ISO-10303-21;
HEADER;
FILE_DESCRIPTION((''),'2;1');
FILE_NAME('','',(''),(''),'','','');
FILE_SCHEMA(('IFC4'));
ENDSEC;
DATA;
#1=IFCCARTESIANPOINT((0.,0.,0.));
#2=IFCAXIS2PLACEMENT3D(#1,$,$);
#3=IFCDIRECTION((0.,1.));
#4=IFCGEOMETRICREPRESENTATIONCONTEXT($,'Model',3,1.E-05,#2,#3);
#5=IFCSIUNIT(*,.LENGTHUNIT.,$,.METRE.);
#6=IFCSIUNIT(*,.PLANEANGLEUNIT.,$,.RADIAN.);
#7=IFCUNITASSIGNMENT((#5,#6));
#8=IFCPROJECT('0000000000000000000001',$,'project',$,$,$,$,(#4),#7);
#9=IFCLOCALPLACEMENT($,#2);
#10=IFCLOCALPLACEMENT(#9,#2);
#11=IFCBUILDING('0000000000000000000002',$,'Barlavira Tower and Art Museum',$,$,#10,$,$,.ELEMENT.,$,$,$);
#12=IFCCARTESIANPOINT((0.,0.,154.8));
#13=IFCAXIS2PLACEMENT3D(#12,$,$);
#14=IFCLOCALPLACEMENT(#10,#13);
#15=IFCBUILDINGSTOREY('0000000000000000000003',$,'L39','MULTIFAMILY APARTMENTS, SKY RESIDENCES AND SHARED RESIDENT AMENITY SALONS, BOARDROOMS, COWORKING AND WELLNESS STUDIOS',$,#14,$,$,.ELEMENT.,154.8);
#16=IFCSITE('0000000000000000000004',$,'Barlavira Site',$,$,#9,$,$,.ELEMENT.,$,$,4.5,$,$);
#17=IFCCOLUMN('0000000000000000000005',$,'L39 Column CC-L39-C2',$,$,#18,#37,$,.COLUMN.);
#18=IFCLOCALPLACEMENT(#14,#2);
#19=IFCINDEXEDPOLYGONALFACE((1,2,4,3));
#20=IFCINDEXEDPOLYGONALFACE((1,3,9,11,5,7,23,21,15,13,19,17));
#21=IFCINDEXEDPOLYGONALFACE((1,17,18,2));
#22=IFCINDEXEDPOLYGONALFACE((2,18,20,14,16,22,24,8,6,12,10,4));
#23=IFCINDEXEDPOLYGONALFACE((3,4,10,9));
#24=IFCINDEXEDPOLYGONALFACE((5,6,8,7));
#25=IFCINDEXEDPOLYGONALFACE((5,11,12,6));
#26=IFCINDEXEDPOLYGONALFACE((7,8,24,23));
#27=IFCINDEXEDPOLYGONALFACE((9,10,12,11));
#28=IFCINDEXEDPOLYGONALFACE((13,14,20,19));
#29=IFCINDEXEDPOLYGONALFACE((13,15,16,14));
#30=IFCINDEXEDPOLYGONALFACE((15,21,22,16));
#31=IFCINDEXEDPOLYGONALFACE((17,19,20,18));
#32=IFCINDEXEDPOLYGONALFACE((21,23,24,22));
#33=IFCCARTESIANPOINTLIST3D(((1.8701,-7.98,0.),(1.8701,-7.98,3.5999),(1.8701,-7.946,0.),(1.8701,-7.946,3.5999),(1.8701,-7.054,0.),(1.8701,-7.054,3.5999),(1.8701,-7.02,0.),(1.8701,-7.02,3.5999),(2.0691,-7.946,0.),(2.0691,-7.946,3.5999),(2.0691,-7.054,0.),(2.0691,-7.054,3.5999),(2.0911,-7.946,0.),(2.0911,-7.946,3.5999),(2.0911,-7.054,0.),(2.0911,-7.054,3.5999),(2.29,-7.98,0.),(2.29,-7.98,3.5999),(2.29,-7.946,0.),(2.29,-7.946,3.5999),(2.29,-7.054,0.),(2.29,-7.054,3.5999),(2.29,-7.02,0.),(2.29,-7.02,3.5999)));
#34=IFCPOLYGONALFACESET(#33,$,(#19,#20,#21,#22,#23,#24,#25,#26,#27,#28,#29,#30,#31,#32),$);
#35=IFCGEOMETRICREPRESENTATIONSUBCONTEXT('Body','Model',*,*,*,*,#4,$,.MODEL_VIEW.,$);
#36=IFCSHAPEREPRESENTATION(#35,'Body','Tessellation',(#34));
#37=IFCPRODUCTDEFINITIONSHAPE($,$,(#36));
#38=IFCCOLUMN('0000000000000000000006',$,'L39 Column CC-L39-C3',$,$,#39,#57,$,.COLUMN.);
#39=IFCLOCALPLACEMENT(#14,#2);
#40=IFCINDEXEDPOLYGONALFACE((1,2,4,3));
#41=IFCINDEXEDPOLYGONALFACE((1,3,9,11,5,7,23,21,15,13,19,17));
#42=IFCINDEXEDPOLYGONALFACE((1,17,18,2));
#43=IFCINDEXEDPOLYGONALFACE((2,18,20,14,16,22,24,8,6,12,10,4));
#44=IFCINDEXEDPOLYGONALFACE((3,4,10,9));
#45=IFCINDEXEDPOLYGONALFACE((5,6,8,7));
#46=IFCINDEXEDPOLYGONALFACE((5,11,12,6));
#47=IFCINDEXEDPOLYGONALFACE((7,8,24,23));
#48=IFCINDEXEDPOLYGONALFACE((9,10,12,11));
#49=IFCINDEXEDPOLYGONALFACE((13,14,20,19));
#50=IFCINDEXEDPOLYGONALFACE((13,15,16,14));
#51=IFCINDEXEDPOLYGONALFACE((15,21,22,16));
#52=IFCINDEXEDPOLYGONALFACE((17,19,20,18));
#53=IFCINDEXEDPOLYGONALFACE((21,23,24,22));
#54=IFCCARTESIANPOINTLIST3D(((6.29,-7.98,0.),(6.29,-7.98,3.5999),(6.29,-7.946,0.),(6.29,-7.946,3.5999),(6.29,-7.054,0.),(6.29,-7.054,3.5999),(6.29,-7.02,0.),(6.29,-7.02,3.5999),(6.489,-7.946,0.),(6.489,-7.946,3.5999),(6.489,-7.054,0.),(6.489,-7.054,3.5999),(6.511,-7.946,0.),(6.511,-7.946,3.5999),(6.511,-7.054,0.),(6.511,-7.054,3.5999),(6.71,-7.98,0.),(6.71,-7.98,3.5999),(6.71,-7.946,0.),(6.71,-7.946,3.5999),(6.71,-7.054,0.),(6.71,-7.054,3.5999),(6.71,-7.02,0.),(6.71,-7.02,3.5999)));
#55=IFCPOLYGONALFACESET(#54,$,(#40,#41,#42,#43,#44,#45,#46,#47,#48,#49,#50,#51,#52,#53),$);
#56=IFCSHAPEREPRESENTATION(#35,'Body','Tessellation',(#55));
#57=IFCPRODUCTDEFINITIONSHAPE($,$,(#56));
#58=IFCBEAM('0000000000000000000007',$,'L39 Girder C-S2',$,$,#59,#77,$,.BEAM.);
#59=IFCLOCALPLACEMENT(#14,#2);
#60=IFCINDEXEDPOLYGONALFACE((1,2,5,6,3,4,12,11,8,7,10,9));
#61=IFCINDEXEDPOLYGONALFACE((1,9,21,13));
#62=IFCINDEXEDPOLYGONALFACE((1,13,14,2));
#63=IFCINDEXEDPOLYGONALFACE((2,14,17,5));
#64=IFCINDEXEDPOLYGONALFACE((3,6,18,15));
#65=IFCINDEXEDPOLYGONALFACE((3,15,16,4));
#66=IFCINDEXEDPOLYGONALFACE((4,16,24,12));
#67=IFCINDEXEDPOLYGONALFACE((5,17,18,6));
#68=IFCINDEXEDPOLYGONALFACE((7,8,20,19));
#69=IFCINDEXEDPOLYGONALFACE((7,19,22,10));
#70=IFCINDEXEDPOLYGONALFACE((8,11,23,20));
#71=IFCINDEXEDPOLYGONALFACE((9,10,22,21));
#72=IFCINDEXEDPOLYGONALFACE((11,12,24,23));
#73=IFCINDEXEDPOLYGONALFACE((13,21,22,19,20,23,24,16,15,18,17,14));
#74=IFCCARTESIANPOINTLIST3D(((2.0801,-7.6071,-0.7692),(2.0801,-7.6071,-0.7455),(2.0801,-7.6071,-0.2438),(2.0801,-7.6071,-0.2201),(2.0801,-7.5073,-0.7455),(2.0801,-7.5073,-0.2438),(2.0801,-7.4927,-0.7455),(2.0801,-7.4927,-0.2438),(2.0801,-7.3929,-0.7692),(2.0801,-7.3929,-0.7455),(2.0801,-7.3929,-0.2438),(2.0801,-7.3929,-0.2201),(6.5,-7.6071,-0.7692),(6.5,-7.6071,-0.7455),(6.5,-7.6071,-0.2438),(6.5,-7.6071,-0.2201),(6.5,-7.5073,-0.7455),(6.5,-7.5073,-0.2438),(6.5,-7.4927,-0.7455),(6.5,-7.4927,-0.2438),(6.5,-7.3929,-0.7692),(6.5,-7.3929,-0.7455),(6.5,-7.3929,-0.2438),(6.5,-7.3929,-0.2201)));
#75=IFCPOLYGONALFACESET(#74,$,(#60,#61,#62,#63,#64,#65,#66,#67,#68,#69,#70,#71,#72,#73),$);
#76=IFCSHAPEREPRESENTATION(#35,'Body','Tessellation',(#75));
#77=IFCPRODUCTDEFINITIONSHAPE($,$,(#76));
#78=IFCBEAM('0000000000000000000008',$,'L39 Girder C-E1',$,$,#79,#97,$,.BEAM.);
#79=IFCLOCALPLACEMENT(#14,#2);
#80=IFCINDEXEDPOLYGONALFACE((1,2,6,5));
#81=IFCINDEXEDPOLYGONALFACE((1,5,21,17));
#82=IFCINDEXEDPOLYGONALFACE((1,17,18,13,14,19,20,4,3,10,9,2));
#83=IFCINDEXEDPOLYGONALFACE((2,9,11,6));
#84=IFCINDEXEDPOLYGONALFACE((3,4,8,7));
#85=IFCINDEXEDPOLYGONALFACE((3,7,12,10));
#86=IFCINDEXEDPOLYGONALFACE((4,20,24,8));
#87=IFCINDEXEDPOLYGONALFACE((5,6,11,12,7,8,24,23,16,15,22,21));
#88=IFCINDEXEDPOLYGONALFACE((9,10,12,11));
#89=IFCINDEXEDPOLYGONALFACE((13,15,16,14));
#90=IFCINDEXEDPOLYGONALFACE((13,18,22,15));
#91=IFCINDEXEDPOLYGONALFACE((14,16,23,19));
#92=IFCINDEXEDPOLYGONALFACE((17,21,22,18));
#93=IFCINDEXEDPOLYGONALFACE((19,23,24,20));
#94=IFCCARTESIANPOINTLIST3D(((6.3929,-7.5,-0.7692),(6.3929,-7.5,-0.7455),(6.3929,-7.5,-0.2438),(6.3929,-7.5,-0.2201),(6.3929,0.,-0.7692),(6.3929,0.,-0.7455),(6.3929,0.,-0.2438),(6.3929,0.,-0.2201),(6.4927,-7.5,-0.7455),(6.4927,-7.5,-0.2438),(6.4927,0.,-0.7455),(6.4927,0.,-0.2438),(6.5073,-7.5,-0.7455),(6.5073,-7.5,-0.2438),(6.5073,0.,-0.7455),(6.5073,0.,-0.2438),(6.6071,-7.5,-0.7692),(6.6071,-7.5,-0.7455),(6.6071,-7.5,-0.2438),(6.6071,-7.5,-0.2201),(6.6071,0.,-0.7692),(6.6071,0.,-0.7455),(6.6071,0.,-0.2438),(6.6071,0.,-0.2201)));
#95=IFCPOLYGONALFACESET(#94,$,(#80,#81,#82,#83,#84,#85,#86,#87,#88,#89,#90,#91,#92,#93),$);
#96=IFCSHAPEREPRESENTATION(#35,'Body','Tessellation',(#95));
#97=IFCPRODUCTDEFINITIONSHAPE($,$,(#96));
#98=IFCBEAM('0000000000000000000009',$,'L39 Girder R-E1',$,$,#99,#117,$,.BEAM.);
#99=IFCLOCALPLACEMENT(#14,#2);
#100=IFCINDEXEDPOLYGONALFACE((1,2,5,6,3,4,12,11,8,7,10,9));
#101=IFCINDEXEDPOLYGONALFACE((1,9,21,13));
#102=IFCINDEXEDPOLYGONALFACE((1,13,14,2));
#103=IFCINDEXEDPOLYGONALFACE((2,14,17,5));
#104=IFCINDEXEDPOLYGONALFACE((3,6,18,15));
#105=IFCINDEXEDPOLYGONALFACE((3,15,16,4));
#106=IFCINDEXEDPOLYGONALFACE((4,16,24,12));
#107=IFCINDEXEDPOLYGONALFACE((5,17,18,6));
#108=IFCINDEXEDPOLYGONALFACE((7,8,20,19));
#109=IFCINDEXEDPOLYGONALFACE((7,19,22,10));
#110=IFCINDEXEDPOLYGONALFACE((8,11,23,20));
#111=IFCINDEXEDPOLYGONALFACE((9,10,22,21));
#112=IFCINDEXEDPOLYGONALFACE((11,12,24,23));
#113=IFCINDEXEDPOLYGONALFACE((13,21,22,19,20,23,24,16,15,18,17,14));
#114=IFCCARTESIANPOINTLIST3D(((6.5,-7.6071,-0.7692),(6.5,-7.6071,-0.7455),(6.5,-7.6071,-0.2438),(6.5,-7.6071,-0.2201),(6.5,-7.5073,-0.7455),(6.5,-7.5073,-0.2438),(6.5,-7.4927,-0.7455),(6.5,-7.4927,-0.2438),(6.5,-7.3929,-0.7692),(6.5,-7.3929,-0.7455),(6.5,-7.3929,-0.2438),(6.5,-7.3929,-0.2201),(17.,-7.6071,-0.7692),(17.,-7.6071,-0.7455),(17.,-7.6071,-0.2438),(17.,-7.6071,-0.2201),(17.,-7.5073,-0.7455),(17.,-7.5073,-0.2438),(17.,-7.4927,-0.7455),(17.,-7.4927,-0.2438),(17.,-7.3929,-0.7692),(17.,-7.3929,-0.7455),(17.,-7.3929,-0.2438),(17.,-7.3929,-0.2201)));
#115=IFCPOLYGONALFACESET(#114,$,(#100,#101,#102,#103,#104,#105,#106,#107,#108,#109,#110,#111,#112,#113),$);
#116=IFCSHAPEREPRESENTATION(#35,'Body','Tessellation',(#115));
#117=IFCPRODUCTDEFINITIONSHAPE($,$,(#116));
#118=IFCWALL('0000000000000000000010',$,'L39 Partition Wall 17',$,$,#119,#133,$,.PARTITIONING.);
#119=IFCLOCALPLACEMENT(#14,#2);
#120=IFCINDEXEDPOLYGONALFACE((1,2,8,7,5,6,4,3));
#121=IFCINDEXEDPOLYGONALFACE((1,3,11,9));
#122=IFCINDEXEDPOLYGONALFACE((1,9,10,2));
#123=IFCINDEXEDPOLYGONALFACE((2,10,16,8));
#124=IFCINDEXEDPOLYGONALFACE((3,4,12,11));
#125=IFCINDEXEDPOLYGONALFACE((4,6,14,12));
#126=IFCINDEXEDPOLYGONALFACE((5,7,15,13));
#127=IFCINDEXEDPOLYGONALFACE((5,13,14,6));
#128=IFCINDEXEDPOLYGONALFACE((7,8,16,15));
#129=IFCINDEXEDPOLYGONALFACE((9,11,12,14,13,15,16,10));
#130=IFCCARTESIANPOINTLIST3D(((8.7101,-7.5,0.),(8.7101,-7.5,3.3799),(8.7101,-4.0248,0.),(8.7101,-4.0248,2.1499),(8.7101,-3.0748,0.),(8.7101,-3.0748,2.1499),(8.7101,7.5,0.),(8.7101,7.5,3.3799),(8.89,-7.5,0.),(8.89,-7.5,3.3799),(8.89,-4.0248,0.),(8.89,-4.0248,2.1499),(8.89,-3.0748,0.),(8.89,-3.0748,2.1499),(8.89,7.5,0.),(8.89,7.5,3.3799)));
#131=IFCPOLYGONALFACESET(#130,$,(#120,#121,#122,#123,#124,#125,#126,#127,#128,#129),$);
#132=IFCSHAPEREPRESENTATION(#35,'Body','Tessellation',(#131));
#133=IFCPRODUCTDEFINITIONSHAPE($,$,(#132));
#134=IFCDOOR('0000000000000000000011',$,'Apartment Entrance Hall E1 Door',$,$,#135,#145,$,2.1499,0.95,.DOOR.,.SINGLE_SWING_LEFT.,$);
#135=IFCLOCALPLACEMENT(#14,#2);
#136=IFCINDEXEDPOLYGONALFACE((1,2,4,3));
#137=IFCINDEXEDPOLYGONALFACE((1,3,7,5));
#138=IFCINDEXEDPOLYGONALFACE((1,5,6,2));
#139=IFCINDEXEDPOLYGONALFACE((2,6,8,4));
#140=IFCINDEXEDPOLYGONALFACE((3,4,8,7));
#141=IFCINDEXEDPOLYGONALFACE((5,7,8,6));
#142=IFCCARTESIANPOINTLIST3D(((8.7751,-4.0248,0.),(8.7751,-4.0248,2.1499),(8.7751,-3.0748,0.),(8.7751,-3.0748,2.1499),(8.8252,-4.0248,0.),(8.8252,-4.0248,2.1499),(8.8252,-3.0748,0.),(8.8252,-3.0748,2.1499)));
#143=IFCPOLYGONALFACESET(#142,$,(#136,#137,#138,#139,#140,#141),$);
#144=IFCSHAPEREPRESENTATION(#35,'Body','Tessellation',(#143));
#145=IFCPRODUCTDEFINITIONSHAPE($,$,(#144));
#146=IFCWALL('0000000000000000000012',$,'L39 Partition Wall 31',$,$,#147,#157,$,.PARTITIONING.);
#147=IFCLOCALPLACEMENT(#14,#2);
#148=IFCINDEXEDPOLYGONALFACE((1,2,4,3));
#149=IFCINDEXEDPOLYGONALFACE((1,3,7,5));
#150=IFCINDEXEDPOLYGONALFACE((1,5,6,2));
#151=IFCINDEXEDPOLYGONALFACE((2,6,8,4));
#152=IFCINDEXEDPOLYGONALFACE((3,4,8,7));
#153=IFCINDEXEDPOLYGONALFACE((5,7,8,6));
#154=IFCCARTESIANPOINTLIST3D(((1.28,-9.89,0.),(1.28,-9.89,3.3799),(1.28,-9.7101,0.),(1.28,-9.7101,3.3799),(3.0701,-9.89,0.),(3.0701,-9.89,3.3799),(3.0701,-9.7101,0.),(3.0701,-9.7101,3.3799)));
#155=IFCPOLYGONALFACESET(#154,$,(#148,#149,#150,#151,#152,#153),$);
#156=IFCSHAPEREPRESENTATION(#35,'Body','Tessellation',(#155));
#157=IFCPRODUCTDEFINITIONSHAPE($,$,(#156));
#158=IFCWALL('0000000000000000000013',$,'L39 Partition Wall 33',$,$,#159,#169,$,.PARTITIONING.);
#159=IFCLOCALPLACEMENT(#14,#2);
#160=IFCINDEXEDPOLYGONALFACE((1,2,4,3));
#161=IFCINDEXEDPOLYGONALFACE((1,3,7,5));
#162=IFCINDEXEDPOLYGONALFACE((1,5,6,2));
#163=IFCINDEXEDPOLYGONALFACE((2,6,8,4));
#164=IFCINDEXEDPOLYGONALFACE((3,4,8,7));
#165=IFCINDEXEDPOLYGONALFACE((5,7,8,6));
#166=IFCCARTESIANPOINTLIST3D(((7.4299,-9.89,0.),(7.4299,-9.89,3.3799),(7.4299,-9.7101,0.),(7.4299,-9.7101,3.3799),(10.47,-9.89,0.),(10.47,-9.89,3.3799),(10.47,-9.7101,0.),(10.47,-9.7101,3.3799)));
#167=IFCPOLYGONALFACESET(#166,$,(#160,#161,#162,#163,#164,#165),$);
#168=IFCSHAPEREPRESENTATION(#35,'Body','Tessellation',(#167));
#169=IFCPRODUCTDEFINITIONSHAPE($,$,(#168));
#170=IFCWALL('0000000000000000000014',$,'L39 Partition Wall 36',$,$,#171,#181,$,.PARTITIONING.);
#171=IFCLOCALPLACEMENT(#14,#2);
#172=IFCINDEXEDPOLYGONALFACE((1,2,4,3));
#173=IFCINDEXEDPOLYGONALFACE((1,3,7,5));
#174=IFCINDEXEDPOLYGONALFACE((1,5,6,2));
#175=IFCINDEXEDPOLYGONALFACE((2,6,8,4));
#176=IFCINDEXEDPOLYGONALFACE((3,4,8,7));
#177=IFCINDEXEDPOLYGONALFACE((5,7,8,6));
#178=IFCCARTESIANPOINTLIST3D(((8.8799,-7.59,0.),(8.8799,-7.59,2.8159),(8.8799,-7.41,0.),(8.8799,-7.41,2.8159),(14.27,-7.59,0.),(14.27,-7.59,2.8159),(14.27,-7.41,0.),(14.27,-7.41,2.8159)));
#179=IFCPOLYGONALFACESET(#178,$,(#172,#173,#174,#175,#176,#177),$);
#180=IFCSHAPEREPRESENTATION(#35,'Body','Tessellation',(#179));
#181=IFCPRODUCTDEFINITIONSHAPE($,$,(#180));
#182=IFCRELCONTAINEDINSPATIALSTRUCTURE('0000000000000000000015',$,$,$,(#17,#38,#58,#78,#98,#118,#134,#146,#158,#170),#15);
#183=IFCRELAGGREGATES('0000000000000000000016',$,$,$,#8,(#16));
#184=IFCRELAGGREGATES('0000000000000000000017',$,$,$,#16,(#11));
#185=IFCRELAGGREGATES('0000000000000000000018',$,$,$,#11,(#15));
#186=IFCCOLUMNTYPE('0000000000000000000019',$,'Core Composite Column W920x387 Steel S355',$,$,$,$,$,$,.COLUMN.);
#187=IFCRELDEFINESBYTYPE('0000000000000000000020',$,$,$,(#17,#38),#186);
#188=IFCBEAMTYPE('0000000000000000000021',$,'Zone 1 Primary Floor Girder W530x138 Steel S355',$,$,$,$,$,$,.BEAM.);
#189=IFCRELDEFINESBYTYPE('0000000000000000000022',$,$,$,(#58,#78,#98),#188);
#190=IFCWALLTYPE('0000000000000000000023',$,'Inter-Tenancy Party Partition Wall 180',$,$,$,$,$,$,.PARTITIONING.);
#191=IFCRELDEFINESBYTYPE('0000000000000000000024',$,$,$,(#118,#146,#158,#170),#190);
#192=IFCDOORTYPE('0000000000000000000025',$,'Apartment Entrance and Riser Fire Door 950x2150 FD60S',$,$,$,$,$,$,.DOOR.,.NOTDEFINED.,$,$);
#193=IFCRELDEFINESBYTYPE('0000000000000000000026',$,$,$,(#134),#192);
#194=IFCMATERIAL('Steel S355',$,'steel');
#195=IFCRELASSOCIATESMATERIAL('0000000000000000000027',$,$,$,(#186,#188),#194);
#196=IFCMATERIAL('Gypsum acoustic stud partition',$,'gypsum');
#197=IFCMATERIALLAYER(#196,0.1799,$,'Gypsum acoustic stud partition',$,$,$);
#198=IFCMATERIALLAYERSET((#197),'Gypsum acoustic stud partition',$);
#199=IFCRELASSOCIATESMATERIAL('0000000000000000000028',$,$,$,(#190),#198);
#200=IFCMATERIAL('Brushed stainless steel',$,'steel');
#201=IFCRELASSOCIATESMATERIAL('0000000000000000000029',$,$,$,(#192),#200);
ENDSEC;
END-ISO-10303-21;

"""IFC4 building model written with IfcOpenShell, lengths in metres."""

from ifc_helpers import new_model, si_unit, direction, frame, frame_2d, origin, origin_2d, place, context, subcontext, project, spatial, rectangle, i_section, extrude, material, layer, layer_set, material_profile, profile_set, type_object, element, fill, save


model = new_model("IFC4")

# Units and contexts
model_context = context("Model", 3, precision=1e-05, world=origin(), true_north=direction((0.0, 1.0)))
body_context = subcontext(model_context, "Body", "Model", "MODEL_VIEW")
ifc_project = project(units=[si_unit("LENGTHUNIT", "METRE"), si_unit("PLANEANGLEUNIT", "RADIAN")], contexts=[model_context])

# Site, building, storey
site_placement = place(None, origin())
site = spatial("IfcSite", under=ifc_project, at=site_placement, Name="Barlavira Site", CompositionType="ELEMENT", RefElevation=4.5)
building_placement = place(site_placement, origin())
building = spatial("IfcBuilding", under=site, at=building_placement, Name="Barlavira Tower and Art Museum", CompositionType="ELEMENT")
storey_placement = place(building_placement, frame((0.0, 0.0, 154.8)))
storey = spatial("IfcBuildingStorey", under=building, at=storey_placement, Name="L39", Description="MULTIFAMILY APARTMENTS, SKY RESIDENCES AND SHARED RESIDENT AMENITY SALONS, BOARDROOMS, COWORKING AND WELLNESS STUDIOS", CompositionType="ELEMENT", Elevation=154.8)

# Columns
ifc_material_1 = material(Name="Steel S355", Category="steel")
ifc_material_profile_1 = material_profile(ifc_material_1, i_section(OverallWidth=0.4199, OverallDepth=0.96, WebThickness=0.022, FlangeThickness=0.0339, at=origin_2d()), Name="W920x387.0")
ifc_profile_set_1 = profile_set([ifc_material_profile_1], Name="Steel S355")
column_type = type_object("IfcColumnType", Name="Core Composite Column W920x387 Steel S355", PredefinedType="COLUMN", material=ifc_profile_set_1)
for number, where, z_axis, x_axis, name in (
    (1, (2.0801, -7.5, 0.0), (0.0, 0.0, 1.0), (1.0, 0.0, 0.0), "L39 Column CC-L39-C2"),
    (2, (6.5, -7.5, 0.0), (0.0, 0.0, 1.0), (1.0, 0.0, 0.0), "L39 Column CC-L39-C3"),
):
    element("IfcColumn", number, at=place(storey_placement, frame(where, z_axis=z_axis, x_axis=x_axis)), inside=storey, type_object=column_type, Name=name, PredefinedType="COLUMN", context=body_context, shape_type="SweptSolid", body=[
        extrude(i_section(OverallWidth=0.4199, OverallDepth=0.96, WebThickness=0.022, FlangeThickness=0.0339, at=origin_2d()), origin(), (0.0, 0.0, 1.0), 3.5999),
    ])

# Beams
ifc_material_profile_2 = material_profile(ifc_material_1, i_section(OverallWidth=0.2141, OverallDepth=0.5491, WebThickness=0.0146, FlangeThickness=0.0237, at=origin_2d()), Name="W530x138.0")
ifc_profile_set_2 = profile_set([ifc_material_profile_2], Name="Steel S355")
beam_type = type_object("IfcBeamType", Name="Zone 1 Primary Floor Girder W530x138 Steel S355", PredefinedType="BEAM", material=ifc_profile_set_2)
beam_1_placement = place(storey_placement, frame((2.0801, -7.5, -0.4946), z_axis=(1.0, 0.0, 0.0), x_axis=(0.0, 1.0, 0.0)))
element("IfcBeam", 3, at=beam_1_placement, inside=storey, type_object=beam_type, Name="L39 Girder C-S2", PredefinedType="BEAM", context=body_context, shape_type="SweptSolid", body=[
    extrude(i_section(OverallWidth=0.2141, OverallDepth=0.5491, WebThickness=0.0146, FlangeThickness=0.0237, at=origin_2d()), origin(), (0.0, 0.0, 1.0), 4.4199),
])
beam_2_placement = place(storey_placement, frame((6.5, -7.5, -0.4946), z_axis=(0.0, 1.0, 0.0), x_axis=(-1.0, 0.0, 0.0)))
element("IfcBeam", 4, at=beam_2_placement, inside=storey, type_object=beam_type, Name="L39 Girder C-E1", PredefinedType="BEAM", context=body_context, shape_type="SweptSolid", body=[
    extrude(i_section(OverallWidth=0.2141, OverallDepth=0.5491, WebThickness=0.0146, FlangeThickness=0.0237, at=origin_2d()), origin(), (0.0, 0.0, 1.0), 7.5),
])
beam_3_placement = place(storey_placement, frame((6.5, -7.5, -0.4946), z_axis=(1.0, 0.0, 0.0), x_axis=(0.0, 1.0, 0.0)))
element("IfcBeam", 5, at=beam_3_placement, inside=storey, type_object=beam_type, Name="L39 Girder R-E1", PredefinedType="BEAM", context=body_context, shape_type="SweptSolid", body=[
    extrude(i_section(OverallWidth=0.2141, OverallDepth=0.5491, WebThickness=0.0146, FlangeThickness=0.0237, at=origin_2d()), origin(), (0.0, 0.0, 1.0), 10.5),
])

# Wall, opening, door
ifc_material_2 = material(Name="Gypsum acoustic stud partition", Category="gypsum")
ifc_layer = layer(ifc_material_2, 0.1799, Name="Gypsum acoustic stud partition")
ifc_layer_set = layer_set([ifc_layer], Name="Gypsum acoustic stud partition")
wall_type = type_object("IfcWallType", Name="Inter-Tenancy Party Partition Wall 180", PredefinedType="PARTITIONING", material=ifc_layer_set)
wall_1_placement = place(storey_placement, frame((8.8, -7.5, 0.0), z_axis=(0.0, 0.0, 1.0), x_axis=(0.0, 1.0, 0.0)))
wall_1 = element("IfcWall", 6, at=wall_1_placement, inside=storey, type_object=wall_type, Name="L39 Partition Wall 17", PredefinedType="PARTITIONING", context=body_context, shape_type="SweptSolid", body=[
    extrude(rectangle(XDim=15.0, YDim=0.1799, at=frame_2d((7.5, 0.0))), origin(), (0.0, 0.0, 1.0), 3.3799),
])
opening_1_placement = place(wall_1_placement, frame((3.4751, 0.0, 0.0)))
opening_1 = element("IfcOpeningElement", 7, at=opening_1_placement, cuts=wall_1, PredefinedType="OPENING", context=body_context, shape_type="SweptSolid", body=[
    extrude(rectangle(XDim=0.95, YDim=2.1499, at=frame_2d((0.4751, 1.075))), frame((0.0, 0.1001, 0.0), z_axis=(0.0, -1.0, 0.0), x_axis=(1.0, 0.0, 0.0)), (0.0, 0.0, 1.0), 0.2),
])
ifc_material_3 = material(Name="Brushed stainless steel", Category="steel")
door_type = type_object("IfcDoorType", Name="Apartment Entrance and Riser Fire Door 950x2150 FD60S", OperationType="NOTDEFINED", PredefinedType="DOOR", material=ifc_material_3)
door_1_placement = place(opening_1_placement, origin())
door_1 = element("IfcDoor", 8, at=door_1_placement, inside=storey, type_object=door_type, Name="Apartment Entrance Hall E1 Door", OperationType="SINGLE_SWING_LEFT", OverallHeight=2.1499, OverallWidth=0.95, PredefinedType="DOOR", context=body_context, shape_type="SweptSolid", body=[
    extrude(rectangle(XDim=0.95, YDim=2.1499, at=frame_2d((0.4751, 1.075))), frame((0.0, 0.0249, 0.0), z_axis=(0.0, -1.0, 0.0), x_axis=(1.0, 0.0, 0.0)), (0.0, 0.0, 1.0), 0.05),
])
fill(opening_1, door_1)

# Wall
wall_2_placement = place(storey_placement, frame((1.28, -9.8, 0.0), z_axis=(0.0, 0.0, 1.0), x_axis=(1.0, 0.0, 0.0)))
element("IfcWall", 9, at=wall_2_placement, inside=storey, type_object=wall_type, Name="L39 Partition Wall 31", PredefinedType="PARTITIONING", context=body_context, shape_type="SweptSolid", body=[
    extrude(rectangle(XDim=1.79, YDim=0.1799, at=frame_2d((0.895, 0.0))), origin(), (0.0, 0.0, 1.0), 3.3799),
])

# Walls
wall_3_placement = place(storey_placement, frame((7.4299, -9.8, 0.0), z_axis=(0.0, 0.0, 1.0), x_axis=(1.0, 0.0, 0.0)))
element("IfcWall", 10, at=wall_3_placement, inside=storey, type_object=wall_type, Name="L39 Partition Wall 33", PredefinedType="PARTITIONING", context=body_context, shape_type="SweptSolid", body=[
    extrude(rectangle(XDim=3.04, YDim=0.1799, at=frame_2d((1.52, 0.0))), origin(), (0.0, 0.0, 1.0), 3.3799),
])
wall_4_placement = place(storey_placement, frame((8.8799, -7.5, 0.0), z_axis=(0.0, 0.0, 1.0), x_axis=(1.0, 0.0, 0.0)))
element("IfcWall", 11, at=wall_4_placement, inside=storey, type_object=wall_type, Name="L39 Partition Wall 36", PredefinedType="PARTITIONING", context=body_context, shape_type="SweptSolid", body=[
    extrude(rectangle(XDim=5.3901, YDim=0.1799, at=frame_2d((2.6951, 0.0))), origin(), (0.0, 0.0, 1.0), 2.8159),
])

save(model, "model.ifc")
